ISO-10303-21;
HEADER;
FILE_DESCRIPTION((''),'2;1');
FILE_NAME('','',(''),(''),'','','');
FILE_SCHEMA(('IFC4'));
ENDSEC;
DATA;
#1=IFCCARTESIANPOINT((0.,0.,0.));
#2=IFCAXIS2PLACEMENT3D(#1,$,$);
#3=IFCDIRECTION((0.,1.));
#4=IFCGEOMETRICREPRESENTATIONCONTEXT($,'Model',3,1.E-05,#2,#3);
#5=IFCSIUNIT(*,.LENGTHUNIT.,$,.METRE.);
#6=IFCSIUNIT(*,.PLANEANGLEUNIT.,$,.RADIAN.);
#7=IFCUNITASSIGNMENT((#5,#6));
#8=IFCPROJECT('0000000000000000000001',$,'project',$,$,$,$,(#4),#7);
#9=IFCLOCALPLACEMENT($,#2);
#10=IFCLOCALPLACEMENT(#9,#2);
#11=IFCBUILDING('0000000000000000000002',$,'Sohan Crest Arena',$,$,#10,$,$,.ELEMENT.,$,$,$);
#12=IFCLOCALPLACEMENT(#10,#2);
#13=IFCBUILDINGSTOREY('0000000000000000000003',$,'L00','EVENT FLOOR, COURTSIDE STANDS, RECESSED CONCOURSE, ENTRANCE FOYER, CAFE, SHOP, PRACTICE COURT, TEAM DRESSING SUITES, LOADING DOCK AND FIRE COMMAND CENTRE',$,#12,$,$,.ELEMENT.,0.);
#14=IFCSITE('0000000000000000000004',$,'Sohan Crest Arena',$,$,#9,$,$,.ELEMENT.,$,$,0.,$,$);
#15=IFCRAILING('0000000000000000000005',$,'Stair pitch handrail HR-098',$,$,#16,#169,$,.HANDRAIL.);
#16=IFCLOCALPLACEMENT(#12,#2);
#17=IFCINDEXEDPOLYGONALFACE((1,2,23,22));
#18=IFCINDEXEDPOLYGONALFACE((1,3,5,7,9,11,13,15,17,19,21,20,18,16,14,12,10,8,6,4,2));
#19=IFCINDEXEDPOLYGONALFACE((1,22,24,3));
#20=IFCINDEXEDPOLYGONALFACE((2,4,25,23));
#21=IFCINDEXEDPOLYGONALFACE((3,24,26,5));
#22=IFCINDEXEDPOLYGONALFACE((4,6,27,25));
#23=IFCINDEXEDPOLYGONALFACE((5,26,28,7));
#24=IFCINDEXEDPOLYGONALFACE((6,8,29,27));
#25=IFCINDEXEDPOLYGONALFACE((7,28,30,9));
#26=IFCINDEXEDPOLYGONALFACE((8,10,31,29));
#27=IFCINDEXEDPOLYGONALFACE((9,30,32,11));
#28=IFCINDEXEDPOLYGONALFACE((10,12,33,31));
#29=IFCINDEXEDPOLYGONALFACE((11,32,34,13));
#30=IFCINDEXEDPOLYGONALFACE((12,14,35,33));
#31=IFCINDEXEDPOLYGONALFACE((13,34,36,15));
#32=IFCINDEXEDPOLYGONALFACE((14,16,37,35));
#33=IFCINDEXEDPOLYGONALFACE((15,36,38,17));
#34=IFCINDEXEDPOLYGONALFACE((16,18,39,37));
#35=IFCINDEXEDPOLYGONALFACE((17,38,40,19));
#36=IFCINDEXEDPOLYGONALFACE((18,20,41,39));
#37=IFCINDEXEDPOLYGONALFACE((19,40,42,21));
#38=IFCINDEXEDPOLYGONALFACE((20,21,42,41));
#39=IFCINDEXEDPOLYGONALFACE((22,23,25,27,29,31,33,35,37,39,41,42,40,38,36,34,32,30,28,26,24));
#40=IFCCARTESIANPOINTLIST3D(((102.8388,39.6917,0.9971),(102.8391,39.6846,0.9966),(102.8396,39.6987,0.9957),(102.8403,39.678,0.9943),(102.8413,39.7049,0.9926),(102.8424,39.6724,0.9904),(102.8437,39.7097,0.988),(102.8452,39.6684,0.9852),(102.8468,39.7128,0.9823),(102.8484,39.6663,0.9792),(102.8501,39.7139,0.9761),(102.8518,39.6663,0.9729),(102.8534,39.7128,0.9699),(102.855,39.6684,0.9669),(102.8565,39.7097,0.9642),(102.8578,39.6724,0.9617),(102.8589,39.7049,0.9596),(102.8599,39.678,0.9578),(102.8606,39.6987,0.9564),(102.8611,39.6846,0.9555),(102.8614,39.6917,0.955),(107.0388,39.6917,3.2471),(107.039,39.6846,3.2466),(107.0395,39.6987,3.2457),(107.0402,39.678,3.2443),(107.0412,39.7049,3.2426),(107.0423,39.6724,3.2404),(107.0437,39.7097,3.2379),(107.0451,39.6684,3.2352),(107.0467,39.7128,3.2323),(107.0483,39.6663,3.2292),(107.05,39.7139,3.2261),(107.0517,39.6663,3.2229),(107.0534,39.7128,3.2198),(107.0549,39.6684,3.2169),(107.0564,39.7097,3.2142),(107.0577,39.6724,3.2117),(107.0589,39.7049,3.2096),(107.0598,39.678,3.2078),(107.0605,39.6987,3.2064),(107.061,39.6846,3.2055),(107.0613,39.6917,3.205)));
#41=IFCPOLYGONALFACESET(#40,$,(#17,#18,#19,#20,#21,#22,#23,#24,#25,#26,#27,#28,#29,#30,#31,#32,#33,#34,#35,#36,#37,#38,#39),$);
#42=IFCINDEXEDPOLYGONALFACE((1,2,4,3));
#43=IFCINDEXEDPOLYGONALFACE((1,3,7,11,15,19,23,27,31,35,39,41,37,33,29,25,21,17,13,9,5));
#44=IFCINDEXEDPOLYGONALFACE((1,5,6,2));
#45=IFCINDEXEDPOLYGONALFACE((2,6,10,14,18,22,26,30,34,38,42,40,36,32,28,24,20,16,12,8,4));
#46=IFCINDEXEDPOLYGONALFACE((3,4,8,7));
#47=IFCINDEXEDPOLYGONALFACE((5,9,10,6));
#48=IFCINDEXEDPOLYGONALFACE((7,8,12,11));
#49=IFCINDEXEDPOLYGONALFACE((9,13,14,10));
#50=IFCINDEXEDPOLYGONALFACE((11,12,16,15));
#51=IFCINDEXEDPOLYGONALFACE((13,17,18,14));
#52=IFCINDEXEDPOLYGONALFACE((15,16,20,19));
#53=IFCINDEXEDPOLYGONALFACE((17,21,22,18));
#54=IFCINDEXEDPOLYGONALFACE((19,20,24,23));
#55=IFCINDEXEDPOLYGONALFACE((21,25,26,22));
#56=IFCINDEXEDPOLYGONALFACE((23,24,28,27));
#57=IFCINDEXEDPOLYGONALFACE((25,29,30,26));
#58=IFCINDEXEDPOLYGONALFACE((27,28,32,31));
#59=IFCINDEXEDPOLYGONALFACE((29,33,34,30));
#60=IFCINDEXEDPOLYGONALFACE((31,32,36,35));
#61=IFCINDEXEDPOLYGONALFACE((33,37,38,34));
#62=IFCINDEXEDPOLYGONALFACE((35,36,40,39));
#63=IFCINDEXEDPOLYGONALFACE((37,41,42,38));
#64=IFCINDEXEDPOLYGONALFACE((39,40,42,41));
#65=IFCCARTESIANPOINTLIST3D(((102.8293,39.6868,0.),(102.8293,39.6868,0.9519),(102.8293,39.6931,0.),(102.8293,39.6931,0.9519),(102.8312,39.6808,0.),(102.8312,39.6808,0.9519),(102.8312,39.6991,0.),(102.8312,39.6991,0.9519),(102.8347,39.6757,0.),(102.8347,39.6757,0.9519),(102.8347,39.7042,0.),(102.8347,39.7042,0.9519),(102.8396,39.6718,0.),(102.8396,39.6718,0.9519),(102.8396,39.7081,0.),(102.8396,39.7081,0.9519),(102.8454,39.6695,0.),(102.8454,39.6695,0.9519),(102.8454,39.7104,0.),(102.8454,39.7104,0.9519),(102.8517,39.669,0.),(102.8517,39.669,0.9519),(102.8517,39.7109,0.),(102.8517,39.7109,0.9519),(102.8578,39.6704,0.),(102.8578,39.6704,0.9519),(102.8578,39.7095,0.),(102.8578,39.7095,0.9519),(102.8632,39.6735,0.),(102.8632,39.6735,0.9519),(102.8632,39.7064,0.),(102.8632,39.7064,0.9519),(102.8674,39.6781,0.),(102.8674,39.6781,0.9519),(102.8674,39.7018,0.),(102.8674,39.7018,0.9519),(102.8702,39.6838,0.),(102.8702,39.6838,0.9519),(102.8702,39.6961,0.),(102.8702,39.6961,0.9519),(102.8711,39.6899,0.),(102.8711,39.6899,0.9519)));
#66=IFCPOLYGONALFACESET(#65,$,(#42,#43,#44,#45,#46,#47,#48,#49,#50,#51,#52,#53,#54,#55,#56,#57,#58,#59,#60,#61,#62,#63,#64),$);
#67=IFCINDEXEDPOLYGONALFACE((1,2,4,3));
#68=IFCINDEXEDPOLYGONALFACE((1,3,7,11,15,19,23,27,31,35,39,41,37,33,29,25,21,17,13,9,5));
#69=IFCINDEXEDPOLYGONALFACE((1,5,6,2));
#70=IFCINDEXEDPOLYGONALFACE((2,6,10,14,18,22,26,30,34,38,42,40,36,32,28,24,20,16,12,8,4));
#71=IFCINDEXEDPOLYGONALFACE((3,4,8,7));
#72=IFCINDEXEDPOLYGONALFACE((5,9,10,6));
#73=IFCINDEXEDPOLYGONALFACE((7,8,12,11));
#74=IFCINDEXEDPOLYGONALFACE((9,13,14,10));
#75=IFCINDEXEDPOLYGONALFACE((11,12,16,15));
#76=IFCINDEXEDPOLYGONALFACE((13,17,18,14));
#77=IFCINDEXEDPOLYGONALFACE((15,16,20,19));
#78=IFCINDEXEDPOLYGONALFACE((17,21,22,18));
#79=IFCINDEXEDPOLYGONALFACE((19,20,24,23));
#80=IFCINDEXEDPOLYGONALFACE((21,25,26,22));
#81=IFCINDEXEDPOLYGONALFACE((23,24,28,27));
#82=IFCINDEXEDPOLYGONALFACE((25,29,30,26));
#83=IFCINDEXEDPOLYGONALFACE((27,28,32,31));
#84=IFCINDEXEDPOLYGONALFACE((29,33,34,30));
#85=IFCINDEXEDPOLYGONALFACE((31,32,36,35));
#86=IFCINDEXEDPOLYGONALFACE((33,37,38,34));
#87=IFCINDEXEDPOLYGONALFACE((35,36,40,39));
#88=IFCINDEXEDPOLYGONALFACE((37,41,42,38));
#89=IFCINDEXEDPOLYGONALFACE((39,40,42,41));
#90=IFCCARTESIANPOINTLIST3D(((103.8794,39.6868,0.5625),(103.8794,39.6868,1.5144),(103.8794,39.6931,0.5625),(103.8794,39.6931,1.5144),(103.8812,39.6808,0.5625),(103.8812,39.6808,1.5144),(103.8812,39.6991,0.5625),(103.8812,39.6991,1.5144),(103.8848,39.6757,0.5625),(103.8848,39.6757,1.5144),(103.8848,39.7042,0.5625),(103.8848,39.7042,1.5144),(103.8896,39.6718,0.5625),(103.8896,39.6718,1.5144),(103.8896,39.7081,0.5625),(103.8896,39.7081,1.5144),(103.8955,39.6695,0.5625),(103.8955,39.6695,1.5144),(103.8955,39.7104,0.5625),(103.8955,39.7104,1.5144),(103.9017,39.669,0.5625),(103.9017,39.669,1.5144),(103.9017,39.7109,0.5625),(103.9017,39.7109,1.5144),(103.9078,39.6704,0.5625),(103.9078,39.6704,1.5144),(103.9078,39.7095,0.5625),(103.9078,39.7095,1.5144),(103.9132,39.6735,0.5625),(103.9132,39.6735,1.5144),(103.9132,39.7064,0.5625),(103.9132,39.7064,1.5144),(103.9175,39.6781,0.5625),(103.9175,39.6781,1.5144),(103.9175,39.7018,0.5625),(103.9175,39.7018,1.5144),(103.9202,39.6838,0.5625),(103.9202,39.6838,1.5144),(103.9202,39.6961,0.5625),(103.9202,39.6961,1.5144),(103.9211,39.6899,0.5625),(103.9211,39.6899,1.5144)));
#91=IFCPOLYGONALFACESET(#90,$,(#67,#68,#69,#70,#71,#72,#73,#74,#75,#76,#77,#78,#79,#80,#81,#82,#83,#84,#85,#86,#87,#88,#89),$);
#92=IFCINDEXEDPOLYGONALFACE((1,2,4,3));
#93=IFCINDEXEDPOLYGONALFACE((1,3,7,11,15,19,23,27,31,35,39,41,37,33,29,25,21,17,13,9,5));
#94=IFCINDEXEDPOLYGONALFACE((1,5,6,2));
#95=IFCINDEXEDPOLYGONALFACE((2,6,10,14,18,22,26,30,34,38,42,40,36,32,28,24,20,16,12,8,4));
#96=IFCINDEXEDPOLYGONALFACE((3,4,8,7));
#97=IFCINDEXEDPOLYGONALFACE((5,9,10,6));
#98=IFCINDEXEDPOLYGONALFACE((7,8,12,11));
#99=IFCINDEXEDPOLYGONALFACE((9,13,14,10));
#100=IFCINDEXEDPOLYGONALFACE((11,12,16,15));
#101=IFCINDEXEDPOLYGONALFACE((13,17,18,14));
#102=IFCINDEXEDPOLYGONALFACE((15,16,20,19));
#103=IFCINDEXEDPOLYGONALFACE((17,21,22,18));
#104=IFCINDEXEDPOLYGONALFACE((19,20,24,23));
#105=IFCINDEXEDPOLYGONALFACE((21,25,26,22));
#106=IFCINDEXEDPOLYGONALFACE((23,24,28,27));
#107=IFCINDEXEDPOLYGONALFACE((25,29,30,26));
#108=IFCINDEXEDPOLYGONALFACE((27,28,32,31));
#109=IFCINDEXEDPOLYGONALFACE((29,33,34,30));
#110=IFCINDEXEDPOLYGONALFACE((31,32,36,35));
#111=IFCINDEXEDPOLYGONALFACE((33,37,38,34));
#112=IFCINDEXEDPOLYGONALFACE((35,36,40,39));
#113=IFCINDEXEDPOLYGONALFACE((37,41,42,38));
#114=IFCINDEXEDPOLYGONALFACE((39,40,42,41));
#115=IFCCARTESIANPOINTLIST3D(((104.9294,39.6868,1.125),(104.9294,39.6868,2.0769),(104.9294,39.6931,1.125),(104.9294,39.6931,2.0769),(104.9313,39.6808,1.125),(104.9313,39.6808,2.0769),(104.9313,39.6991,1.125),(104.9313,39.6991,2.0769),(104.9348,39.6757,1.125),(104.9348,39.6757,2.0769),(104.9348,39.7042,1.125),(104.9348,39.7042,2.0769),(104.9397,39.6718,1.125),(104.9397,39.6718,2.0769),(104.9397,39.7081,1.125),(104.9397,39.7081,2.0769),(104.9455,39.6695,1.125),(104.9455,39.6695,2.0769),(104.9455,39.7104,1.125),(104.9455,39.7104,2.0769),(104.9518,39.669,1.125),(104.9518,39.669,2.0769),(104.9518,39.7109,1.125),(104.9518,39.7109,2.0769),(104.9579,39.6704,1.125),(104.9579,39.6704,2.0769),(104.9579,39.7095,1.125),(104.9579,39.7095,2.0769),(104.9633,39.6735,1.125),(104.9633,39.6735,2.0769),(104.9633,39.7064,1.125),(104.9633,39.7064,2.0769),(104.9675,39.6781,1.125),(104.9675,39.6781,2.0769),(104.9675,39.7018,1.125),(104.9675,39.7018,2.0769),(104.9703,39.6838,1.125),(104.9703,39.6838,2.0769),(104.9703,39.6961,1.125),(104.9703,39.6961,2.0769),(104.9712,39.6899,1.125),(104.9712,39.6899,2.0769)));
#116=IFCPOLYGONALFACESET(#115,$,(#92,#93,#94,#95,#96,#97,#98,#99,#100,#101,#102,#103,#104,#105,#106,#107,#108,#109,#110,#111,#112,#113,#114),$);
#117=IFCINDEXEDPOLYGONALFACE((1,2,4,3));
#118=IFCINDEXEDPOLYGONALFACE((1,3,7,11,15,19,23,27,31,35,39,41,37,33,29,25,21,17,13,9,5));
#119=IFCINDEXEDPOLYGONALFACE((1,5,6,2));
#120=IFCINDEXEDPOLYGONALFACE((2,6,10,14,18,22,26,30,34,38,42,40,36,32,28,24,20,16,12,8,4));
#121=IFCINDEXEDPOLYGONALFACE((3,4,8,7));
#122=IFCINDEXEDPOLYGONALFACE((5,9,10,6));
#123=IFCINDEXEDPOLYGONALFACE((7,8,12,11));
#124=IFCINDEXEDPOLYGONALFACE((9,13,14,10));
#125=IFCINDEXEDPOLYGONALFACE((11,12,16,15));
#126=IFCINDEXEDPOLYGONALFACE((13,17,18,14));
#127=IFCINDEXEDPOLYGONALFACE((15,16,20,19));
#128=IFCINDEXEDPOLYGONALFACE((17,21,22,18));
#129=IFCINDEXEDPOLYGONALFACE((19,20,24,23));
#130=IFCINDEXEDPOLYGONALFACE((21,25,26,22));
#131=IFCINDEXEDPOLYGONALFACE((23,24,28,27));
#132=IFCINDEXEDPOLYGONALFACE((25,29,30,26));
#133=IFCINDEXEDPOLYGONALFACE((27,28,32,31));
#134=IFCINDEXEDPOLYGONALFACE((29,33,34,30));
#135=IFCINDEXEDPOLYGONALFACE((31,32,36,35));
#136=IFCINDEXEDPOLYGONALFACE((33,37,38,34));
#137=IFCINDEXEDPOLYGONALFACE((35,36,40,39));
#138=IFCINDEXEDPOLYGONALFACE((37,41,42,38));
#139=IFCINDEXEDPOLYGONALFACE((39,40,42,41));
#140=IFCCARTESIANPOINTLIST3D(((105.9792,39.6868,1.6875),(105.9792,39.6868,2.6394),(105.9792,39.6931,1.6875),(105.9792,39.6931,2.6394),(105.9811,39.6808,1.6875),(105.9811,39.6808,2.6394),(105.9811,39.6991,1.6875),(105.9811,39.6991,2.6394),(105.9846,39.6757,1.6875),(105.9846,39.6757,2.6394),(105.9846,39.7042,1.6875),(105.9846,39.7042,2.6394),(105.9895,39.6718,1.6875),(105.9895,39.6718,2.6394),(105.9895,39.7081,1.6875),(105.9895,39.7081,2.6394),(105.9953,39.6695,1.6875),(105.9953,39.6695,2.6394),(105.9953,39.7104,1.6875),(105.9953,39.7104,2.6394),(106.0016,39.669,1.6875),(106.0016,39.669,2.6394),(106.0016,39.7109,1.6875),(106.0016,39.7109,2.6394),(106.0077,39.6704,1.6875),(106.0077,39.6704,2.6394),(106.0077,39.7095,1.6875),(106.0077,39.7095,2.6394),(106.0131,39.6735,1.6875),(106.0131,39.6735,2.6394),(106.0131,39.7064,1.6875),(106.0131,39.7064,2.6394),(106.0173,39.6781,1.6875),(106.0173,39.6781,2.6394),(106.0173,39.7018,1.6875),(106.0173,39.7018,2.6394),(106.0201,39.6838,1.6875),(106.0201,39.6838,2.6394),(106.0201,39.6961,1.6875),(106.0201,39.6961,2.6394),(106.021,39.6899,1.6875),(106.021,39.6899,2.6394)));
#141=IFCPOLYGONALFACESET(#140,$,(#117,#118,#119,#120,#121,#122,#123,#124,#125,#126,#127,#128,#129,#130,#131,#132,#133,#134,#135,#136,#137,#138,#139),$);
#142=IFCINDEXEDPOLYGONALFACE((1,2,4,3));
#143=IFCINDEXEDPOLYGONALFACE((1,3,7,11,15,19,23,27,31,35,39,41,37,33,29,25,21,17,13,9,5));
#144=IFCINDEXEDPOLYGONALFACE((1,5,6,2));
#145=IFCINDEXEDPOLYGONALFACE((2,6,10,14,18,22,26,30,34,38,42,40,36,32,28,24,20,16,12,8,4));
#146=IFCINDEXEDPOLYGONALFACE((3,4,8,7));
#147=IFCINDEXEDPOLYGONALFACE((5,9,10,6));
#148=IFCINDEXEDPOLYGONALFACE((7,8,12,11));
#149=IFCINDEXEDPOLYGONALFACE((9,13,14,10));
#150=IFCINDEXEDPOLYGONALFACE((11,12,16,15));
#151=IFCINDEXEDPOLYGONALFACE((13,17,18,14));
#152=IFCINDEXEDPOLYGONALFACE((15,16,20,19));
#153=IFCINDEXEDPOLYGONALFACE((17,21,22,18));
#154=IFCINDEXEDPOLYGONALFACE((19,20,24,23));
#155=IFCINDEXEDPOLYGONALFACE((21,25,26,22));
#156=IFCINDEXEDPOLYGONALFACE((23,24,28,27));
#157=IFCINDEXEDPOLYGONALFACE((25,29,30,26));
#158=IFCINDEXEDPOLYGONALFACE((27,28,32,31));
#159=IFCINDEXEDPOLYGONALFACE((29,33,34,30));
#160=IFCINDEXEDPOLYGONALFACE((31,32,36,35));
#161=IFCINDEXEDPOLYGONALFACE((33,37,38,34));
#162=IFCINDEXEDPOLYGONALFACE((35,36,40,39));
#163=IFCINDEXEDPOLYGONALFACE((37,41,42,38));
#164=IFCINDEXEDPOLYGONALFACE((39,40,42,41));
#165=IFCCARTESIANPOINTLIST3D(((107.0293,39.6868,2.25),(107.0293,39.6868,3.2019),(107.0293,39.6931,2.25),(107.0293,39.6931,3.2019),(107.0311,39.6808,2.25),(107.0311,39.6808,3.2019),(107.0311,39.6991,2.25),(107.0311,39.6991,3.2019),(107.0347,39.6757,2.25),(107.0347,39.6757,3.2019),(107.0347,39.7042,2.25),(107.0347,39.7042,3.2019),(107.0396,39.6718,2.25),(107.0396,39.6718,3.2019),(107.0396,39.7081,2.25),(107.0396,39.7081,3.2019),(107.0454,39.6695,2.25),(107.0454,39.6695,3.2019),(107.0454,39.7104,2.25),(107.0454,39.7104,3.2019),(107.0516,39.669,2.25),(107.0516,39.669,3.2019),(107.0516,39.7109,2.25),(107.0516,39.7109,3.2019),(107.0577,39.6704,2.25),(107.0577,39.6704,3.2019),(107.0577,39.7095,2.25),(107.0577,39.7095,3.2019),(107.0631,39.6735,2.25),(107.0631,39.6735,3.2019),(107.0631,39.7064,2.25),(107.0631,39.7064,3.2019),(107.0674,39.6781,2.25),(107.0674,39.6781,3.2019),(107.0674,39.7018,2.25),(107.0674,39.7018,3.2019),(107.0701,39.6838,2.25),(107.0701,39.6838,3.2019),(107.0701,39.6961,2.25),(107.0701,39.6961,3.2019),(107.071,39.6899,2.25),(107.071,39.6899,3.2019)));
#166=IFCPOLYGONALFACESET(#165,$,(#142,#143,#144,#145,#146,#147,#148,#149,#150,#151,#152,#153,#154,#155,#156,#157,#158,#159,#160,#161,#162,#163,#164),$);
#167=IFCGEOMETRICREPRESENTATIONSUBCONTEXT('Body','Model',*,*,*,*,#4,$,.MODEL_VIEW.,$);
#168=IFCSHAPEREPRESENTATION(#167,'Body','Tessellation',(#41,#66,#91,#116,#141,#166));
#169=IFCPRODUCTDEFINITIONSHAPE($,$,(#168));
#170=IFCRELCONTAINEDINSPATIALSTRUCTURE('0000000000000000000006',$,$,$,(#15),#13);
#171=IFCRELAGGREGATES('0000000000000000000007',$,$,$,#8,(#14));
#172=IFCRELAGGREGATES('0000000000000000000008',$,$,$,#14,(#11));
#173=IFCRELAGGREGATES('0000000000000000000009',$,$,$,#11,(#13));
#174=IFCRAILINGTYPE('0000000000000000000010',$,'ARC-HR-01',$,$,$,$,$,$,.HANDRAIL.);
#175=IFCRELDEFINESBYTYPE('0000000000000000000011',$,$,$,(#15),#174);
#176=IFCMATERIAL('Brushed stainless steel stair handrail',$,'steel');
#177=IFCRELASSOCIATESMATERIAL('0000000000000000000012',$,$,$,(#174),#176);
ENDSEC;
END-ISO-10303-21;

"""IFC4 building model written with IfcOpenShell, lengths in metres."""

from ifc_helpers import new_model, si_unit, direction, frame, origin, origin_2d, place, context, subcontext, project, spatial, circle, extrude, material, type_object, element, save


model = new_model("IFC4")

# Units and contexts
model_context = context("Model", 3, precision=1e-05, world=origin(), true_north=direction((0.0, 1.0)))
body_context = subcontext(model_context, "Body", "Model", "MODEL_VIEW")
ifc_project = project(units=[si_unit("LENGTHUNIT", "METRE"), si_unit("PLANEANGLEUNIT", "RADIAN")], contexts=[model_context])

# Site, building, storey
site_placement = place(None, origin())
site = spatial("IfcSite", under=ifc_project, at=site_placement, Name="Sohan Crest Arena", CompositionType="ELEMENT", RefElevation=0.0)
building_placement = place(site_placement, origin())
building = spatial("IfcBuilding", under=site, at=building_placement, Name="Sohan Crest Arena", CompositionType="ELEMENT")
storey_placement = place(building_placement, origin())
storey = spatial("IfcBuildingStorey", under=building, at=storey_placement, Name="L00", Description="EVENT FLOOR, COURTSIDE STANDS, RECESSED CONCOURSE, ENTRANCE FOYER, CAFE, SHOP, PRACTICE COURT, TEAM DRESSING SUITES, LOADING DOCK AND FIRE COMMAND CENTRE", CompositionType="ELEMENT", Elevation=0.0)

# Railing
ifc_material_1 = material(Name="Brushed stainless steel stair handrail", Category="steel")
railing_type_1 = type_object("IfcRailingType", Name="ARC-HR-01", PredefinedType="HANDRAIL", material=ifc_material_1)
for number, where, name in (
    (1, (102.8501, 39.6899, 0.0), "Stair pitch handrail HR-098"),
):
    element("IfcRailing", number, at=place(storey_placement, frame(where)), inside=storey, type_object=railing_type_1, Name=name, PredefinedType="HANDRAIL", context=body_context, shape_type="SweptSolid", body=[
        extrude(circle(Radius=0.0239, at=origin_2d()), frame((0.0, 0.0, 0.9761), z_axis=(0.881478, 0.0, 0.472226), x_axis=(0.0, 1.0, 0.0)), (0.0, 0.0, 1.0), 4.7646),
        extrude(circle(Radius=0.021, at=origin_2d()), origin(), (0.0, 0.0, 1.0), 0.9519),
        extrude(circle(Radius=0.021, at=origin_2d()), frame((1.05, 0.0, 0.5625)), (0.0, 0.0, 1.0), 0.9519),
        extrude(circle(Radius=0.021, at=origin_2d()), frame((2.1001, 0.0, 1.125)), (0.0, 0.0, 1.0), 0.9519),
        extrude(circle(Radius=0.021, at=origin_2d()), frame((3.1499, 0.0, 1.6875)), (0.0, 0.0, 1.0), 0.9519),
        extrude(circle(Radius=0.021, at=origin_2d()), frame((4.2, 0.0, 2.25)), (0.0, 0.0, 1.0), 0.9519),
    ])

save(model, "model.ifc")
